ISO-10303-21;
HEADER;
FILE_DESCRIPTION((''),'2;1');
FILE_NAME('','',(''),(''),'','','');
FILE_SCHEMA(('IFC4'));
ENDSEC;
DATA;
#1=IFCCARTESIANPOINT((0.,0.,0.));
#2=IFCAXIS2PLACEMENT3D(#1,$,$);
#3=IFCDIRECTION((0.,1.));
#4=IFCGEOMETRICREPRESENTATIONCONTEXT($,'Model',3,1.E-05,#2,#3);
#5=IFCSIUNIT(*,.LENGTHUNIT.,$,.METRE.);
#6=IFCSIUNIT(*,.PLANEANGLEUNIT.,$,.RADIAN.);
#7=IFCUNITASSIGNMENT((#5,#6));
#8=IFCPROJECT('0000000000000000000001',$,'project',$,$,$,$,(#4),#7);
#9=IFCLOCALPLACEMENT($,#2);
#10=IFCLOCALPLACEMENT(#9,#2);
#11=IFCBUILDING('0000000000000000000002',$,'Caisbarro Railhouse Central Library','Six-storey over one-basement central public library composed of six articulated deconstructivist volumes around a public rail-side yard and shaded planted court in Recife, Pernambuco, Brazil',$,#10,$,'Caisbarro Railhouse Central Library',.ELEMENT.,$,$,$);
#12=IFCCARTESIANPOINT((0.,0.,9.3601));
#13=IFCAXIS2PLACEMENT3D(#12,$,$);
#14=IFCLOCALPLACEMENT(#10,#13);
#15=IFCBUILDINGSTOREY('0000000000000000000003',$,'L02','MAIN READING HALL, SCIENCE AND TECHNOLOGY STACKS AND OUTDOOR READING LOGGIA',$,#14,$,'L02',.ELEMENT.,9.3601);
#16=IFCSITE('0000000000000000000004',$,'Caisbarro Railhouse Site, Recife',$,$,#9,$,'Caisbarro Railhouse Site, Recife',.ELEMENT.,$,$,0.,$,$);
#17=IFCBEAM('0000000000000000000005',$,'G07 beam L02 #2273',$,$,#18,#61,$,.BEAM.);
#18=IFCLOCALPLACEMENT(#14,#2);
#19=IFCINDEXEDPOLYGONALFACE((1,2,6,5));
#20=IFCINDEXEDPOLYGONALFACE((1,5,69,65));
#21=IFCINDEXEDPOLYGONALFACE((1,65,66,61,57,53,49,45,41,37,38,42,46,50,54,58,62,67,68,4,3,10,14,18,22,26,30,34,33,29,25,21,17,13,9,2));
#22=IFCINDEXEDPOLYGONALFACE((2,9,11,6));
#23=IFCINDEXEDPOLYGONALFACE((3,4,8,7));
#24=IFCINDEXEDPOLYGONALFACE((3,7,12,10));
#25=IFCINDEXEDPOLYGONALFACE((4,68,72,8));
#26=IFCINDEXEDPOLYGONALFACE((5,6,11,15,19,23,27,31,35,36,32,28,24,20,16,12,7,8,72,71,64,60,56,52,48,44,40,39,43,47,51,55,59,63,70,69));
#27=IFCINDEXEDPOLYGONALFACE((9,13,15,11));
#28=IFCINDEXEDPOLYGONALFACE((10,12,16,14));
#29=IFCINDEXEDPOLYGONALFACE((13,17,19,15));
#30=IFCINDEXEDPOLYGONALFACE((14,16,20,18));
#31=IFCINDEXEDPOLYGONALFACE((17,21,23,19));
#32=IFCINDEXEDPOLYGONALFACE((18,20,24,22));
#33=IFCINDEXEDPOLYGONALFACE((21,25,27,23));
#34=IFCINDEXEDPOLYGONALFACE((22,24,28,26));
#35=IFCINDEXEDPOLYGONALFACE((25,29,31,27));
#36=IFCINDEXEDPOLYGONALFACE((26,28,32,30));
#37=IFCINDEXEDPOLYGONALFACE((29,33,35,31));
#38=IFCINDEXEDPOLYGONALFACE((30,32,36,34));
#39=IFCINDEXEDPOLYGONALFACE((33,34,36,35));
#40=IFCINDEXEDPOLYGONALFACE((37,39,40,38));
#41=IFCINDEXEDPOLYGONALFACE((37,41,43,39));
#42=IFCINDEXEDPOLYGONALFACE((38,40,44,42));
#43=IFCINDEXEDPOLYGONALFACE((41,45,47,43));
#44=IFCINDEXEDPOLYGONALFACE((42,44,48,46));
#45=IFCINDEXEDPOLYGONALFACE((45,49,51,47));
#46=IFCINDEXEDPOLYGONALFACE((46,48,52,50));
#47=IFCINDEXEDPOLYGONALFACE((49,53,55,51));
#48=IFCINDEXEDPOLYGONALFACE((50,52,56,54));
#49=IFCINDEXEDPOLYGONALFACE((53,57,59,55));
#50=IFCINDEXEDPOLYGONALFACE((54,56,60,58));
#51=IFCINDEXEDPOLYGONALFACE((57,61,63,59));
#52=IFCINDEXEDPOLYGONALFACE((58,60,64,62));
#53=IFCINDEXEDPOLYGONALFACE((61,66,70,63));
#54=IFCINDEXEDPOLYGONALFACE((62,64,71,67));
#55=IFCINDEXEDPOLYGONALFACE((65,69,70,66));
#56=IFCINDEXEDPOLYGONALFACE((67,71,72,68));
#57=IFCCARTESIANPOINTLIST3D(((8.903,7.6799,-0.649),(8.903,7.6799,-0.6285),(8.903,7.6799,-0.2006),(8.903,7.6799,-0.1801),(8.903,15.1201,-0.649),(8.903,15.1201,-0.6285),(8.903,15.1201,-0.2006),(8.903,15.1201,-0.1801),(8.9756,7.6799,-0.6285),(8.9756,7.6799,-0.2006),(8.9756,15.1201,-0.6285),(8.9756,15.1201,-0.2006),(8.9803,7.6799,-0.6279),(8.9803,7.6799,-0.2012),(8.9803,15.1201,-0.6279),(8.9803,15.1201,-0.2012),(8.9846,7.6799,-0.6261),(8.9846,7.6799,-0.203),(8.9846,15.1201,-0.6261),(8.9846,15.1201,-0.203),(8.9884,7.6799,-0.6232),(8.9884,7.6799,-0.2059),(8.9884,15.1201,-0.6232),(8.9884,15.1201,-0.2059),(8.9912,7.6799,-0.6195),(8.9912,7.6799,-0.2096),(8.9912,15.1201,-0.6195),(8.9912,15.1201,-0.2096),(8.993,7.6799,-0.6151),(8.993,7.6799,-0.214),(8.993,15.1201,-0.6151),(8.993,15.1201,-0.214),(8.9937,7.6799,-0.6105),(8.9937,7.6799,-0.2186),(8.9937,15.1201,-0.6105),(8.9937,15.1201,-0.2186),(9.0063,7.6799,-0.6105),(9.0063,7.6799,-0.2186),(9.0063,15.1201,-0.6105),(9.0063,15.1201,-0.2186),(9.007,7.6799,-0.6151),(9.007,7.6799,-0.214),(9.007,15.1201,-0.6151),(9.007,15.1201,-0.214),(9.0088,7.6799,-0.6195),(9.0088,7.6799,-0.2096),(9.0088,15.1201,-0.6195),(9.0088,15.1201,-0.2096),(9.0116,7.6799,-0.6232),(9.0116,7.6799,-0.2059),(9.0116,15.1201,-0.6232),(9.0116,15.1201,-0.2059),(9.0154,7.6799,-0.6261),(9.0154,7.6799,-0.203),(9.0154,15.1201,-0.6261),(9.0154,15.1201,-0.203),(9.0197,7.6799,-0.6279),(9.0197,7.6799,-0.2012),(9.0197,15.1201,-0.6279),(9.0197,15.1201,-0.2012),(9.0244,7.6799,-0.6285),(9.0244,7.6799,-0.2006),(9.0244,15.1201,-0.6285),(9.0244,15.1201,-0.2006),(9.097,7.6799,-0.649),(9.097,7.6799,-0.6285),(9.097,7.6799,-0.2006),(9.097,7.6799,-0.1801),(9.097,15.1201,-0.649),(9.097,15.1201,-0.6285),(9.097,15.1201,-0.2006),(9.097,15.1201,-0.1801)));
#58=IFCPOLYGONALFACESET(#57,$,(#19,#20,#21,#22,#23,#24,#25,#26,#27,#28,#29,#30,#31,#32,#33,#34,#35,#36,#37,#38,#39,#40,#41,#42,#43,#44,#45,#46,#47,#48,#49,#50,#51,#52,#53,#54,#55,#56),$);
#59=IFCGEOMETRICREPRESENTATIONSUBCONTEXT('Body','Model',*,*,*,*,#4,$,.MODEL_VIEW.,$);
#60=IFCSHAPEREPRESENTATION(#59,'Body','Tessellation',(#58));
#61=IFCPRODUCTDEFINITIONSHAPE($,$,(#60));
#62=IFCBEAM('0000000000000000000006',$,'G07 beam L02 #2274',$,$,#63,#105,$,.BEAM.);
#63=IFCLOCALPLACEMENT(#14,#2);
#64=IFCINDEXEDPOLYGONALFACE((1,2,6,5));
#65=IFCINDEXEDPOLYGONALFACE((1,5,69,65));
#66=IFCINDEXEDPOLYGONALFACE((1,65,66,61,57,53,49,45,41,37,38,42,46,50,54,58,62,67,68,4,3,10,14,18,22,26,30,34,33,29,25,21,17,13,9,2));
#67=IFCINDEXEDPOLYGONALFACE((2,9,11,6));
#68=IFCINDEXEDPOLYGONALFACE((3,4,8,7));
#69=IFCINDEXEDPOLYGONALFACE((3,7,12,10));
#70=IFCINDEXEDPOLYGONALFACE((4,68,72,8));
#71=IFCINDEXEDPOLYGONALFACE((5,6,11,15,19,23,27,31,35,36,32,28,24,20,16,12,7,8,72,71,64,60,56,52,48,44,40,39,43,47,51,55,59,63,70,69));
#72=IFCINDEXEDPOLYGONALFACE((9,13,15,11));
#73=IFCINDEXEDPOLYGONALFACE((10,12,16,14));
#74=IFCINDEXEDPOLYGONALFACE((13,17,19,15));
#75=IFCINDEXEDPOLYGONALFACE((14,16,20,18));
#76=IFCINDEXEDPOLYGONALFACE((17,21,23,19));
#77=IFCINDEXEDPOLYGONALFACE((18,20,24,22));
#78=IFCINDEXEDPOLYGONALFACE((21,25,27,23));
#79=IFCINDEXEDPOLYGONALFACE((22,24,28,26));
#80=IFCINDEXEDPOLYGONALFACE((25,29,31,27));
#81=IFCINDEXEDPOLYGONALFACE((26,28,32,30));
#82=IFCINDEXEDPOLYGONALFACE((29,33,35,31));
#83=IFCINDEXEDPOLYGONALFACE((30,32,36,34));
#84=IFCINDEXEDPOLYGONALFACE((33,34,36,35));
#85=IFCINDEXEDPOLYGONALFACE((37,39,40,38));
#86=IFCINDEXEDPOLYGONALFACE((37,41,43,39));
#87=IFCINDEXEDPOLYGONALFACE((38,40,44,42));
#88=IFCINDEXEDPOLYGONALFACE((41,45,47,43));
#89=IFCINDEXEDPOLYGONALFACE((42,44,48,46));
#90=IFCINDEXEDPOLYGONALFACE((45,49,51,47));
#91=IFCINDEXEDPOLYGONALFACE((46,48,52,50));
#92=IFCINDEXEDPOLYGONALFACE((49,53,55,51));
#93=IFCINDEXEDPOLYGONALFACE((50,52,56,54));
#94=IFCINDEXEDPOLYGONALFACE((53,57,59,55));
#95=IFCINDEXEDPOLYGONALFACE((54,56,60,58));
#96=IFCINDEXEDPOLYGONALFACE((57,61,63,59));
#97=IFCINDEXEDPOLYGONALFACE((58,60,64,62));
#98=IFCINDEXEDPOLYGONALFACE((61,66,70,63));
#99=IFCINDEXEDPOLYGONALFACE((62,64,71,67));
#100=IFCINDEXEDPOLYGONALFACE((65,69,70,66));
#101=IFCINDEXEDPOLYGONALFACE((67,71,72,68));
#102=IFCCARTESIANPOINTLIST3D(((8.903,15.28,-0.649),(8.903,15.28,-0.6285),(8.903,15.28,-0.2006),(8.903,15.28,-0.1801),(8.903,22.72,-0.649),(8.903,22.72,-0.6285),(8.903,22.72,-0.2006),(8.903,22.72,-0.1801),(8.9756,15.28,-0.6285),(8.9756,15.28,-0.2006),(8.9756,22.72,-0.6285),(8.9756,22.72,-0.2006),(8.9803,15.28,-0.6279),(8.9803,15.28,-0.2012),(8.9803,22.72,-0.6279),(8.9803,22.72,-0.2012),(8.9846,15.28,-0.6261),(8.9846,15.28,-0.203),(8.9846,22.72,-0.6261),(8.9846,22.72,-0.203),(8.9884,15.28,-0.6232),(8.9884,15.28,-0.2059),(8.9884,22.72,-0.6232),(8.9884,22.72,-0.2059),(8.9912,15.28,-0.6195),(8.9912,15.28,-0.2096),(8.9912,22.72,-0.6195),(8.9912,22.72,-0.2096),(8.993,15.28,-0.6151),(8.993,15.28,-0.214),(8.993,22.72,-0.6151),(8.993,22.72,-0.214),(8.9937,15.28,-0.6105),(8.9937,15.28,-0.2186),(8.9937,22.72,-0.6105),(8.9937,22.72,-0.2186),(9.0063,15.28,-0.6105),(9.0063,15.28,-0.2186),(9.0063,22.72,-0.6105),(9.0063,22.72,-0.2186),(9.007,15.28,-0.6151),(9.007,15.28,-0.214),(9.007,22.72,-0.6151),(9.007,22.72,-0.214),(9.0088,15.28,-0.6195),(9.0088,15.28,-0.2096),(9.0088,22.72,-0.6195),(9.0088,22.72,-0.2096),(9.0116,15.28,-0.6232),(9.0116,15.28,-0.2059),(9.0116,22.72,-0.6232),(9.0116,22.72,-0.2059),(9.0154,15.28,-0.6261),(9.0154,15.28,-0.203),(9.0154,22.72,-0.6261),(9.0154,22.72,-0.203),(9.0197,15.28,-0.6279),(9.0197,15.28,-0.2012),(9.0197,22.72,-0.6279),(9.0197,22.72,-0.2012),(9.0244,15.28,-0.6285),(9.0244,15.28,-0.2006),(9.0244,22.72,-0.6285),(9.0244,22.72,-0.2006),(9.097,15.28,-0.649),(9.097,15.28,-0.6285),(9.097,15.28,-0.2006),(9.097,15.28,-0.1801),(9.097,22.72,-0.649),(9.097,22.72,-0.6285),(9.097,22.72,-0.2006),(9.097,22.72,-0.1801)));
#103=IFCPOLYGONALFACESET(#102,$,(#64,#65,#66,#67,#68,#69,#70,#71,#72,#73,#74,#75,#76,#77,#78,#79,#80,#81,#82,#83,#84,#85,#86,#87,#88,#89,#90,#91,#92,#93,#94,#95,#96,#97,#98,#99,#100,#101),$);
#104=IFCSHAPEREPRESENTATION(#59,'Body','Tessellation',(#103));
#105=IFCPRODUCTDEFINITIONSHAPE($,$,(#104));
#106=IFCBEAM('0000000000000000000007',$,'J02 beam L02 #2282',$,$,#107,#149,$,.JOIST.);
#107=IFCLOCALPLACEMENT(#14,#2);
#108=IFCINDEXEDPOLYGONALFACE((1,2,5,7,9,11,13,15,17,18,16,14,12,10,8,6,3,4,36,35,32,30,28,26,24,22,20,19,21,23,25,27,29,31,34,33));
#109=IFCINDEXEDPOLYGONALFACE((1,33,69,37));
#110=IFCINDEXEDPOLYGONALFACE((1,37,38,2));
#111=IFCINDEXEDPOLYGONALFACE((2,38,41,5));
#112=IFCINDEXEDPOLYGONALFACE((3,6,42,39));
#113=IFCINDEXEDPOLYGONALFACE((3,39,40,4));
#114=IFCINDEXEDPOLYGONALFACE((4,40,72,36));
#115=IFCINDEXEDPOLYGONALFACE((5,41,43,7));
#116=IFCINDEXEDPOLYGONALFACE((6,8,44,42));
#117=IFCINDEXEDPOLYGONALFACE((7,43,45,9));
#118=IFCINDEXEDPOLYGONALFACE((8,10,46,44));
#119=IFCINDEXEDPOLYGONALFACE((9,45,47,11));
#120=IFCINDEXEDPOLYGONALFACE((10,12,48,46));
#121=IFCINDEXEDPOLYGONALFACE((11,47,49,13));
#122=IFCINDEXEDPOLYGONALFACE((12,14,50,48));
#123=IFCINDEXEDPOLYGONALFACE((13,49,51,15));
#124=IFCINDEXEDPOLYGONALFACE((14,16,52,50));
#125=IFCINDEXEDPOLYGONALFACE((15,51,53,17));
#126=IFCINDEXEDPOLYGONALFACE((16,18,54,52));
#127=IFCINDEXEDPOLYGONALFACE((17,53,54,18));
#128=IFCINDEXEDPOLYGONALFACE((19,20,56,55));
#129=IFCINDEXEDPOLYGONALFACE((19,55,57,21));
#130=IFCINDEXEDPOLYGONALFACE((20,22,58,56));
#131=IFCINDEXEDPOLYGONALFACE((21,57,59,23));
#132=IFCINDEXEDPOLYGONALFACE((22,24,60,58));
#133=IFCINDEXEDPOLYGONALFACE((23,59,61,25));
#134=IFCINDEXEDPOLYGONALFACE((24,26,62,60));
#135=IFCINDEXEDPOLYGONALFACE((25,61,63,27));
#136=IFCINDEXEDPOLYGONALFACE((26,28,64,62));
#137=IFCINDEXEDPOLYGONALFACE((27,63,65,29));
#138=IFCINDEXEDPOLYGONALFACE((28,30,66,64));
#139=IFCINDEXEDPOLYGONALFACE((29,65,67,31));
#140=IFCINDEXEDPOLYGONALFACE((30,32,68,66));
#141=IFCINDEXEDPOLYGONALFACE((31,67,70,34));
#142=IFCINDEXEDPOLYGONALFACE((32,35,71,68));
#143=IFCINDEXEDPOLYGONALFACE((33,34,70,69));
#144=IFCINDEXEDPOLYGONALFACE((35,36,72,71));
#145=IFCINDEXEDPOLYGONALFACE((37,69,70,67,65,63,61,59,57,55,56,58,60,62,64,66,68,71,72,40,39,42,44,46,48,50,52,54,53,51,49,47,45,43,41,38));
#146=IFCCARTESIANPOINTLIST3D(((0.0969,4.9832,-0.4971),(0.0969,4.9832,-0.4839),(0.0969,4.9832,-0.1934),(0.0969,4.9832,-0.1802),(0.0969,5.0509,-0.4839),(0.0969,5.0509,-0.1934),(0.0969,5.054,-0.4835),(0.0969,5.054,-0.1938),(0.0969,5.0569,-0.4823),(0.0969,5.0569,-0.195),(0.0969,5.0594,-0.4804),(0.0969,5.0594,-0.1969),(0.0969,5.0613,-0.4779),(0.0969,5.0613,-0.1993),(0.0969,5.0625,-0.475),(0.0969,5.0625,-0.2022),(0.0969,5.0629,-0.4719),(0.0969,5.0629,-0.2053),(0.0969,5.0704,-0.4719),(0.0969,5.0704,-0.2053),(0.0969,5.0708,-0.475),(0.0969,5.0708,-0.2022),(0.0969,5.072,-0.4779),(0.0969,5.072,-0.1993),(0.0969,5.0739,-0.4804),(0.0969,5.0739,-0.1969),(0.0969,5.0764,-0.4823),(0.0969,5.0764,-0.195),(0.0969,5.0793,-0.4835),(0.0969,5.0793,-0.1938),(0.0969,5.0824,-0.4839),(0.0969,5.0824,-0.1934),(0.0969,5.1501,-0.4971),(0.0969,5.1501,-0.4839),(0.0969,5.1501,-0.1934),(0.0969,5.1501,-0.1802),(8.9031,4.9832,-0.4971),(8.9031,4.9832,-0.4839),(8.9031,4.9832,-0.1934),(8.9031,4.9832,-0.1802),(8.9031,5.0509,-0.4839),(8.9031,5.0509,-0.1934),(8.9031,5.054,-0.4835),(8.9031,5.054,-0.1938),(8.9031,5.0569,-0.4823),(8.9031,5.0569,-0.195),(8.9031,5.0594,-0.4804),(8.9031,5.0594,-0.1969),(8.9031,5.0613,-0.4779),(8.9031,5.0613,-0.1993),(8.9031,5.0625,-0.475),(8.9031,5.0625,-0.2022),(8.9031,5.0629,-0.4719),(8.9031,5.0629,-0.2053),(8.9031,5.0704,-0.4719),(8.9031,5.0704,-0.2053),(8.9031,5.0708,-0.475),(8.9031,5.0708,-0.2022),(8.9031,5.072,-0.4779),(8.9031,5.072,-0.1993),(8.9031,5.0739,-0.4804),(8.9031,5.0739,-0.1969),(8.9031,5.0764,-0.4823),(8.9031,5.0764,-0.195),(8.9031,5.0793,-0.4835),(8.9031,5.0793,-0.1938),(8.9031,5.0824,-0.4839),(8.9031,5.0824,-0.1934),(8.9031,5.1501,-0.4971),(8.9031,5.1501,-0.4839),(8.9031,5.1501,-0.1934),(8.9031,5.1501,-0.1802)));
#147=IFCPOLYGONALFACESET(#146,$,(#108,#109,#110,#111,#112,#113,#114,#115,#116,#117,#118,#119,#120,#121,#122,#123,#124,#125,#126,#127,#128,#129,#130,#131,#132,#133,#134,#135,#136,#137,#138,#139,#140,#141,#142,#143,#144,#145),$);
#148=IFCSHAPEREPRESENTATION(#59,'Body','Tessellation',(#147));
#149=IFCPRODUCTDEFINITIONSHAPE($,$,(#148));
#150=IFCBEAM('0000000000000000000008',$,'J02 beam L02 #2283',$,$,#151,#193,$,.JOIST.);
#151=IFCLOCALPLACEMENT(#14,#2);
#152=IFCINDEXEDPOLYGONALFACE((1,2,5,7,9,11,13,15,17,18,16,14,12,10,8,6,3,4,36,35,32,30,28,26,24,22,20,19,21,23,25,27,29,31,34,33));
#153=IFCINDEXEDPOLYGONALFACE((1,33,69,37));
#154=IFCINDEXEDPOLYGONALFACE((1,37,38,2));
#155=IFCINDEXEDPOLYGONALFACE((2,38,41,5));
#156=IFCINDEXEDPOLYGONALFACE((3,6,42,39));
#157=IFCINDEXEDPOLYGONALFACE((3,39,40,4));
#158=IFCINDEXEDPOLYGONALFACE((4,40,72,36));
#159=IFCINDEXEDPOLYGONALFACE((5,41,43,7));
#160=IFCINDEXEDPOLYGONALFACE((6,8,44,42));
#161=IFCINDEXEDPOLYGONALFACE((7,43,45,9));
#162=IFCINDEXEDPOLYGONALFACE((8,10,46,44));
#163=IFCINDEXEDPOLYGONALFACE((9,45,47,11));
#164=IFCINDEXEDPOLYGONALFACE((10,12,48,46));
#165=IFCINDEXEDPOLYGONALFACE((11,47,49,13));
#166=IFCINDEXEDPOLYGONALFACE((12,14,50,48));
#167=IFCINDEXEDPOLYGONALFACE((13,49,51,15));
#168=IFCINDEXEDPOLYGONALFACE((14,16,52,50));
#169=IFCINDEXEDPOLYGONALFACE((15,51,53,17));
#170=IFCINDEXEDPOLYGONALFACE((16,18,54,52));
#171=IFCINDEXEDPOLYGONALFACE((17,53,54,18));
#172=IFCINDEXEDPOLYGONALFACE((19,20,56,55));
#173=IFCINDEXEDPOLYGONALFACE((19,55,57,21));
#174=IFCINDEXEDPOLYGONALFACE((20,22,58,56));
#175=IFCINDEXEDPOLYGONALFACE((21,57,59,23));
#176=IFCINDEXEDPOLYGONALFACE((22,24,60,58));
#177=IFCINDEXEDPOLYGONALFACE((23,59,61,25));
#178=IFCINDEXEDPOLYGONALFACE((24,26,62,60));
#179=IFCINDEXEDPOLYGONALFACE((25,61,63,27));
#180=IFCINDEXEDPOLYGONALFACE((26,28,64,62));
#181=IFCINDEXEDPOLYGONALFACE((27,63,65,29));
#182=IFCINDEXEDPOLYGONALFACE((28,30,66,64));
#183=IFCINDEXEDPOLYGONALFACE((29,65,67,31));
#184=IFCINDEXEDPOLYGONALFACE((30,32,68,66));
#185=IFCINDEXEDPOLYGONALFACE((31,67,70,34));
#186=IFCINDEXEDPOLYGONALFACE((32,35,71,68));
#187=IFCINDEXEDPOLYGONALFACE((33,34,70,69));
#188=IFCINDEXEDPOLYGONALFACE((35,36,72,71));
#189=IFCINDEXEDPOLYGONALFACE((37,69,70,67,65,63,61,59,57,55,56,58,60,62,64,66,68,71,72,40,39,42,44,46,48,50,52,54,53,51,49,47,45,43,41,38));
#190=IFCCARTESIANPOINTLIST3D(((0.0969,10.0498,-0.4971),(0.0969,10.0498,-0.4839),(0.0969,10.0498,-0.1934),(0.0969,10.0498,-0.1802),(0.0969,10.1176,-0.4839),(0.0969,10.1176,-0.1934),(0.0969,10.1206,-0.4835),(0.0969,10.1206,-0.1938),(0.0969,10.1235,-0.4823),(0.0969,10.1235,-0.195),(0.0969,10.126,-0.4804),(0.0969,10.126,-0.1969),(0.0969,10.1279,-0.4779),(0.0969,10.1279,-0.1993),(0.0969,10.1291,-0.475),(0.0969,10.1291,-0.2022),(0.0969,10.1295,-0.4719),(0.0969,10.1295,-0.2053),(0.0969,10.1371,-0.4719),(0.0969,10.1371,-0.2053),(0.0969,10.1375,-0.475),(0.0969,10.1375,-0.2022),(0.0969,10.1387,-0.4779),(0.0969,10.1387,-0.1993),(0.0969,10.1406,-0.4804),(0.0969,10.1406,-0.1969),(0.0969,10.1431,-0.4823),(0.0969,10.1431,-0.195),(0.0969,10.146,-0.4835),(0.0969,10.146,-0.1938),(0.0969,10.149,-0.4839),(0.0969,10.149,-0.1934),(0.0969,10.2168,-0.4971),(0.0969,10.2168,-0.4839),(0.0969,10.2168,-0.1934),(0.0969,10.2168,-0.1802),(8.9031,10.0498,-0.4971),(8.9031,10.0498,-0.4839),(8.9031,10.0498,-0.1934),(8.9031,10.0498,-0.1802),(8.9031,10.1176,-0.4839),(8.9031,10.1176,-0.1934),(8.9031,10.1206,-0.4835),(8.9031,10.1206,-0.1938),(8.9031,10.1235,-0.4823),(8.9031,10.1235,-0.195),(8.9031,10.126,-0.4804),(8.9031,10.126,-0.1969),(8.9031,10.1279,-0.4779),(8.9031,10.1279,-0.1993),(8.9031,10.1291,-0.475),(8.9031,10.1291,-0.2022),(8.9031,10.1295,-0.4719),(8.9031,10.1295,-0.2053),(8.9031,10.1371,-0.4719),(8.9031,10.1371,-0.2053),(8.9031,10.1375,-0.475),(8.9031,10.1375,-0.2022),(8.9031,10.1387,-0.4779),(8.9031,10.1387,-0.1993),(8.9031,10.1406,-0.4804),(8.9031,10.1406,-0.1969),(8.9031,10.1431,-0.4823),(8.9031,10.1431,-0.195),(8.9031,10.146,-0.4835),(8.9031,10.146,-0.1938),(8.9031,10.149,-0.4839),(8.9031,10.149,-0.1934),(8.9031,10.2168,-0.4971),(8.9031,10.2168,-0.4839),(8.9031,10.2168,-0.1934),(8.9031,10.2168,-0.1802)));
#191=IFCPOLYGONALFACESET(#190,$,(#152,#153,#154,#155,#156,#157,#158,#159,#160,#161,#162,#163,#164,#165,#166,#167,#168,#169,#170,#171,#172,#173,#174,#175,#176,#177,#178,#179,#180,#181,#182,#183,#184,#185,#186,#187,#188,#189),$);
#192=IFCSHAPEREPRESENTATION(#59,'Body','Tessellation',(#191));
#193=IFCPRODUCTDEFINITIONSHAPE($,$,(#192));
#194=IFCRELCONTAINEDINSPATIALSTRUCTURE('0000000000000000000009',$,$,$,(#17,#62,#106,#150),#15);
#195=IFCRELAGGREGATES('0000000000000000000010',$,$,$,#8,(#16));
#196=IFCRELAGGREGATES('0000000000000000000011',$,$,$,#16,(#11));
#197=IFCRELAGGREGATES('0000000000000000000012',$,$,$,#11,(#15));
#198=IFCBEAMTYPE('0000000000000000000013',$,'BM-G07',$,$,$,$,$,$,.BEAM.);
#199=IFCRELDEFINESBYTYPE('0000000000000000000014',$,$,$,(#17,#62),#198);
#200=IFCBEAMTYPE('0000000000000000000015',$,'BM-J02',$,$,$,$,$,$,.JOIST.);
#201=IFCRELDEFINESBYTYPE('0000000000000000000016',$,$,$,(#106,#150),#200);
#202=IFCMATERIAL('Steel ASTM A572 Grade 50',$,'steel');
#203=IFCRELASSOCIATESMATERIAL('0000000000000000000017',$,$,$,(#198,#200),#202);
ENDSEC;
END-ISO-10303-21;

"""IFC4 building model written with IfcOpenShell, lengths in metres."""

from ifc_helpers import new_model, si_unit, direction, frame, origin, origin_2d, place, context, subcontext, project, spatial, i_section, extrude, material, material_profile, profile_set, type_object, element, save


model = new_model("IFC4")

# Units and contexts
model_context = context("Model", 3, precision=1e-05, world=origin(), true_north=direction((0.0, 1.0)))
body_context = subcontext(model_context, "Body", "Model", "MODEL_VIEW")
ifc_project = project(units=[si_unit("LENGTHUNIT", "METRE"), si_unit("PLANEANGLEUNIT", "RADIAN")], contexts=[model_context])

# Site, building, storey
site_placement = place(None, origin())
site = spatial("IfcSite", under=ifc_project, at=site_placement, Name="Caisbarro Railhouse Site, Recife", LongName="Caisbarro Railhouse Site, Recife", CompositionType="ELEMENT", RefElevation=0.0)
building_placement = place(site_placement, origin())
building = spatial("IfcBuilding", under=site, at=building_placement, Name="Caisbarro Railhouse Central Library", Description="Six-storey over one-basement central public library composed of six articulated deconstructivist volumes around a public rail-side yard and shaded planted court in Recife, Pernambuco, Brazil", LongName="Caisbarro Railhouse Central Library", CompositionType="ELEMENT")
storey_placement = place(building_placement, frame((0.0, 0.0, 9.3601)))
storey = spatial("IfcBuildingStorey", under=building, at=storey_placement, Name="L02", Description="MAIN READING HALL, SCIENCE AND TECHNOLOGY STACKS AND OUTDOOR READING LOGGIA", LongName="L02", CompositionType="ELEMENT", Elevation=9.3601)

# Shared definitions
ifc_material_1 = material(Name="Steel ASTM A572 Grade 50", Category="steel")

# Beams
ifc_material_profile_1 = material_profile(ifc_material_1, i_section(OverallWidth=0.1941, OverallDepth=0.469, WebThickness=0.0127, FlangeThickness=0.0205, FilletRadius=0.0181, at=origin_2d()), Name="W460X106.0")
ifc_profile_set_1 = profile_set([ifc_material_profile_1], Name="Steel ASTM A572 Grade 50")
beam_type_1 = type_object("IfcBeamType", Name="BM-G07", PredefinedType="BEAM", material=ifc_profile_set_1)
beam_1_placement = place(storey_placement, frame((9.0, 7.6799, -0.4146), z_axis=(0.0, 1.0, 0.0), x_axis=(-1.0, 0.0, 0.0)))
element("IfcBeam", 1, at=beam_1_placement, inside=storey, type_object=beam_type_1, Name="G07 beam L02 #2273", PredefinedType="BEAM", context=body_context, shape_type="SweptSolid", body=[
    extrude(i_section(OverallWidth=0.1941, OverallDepth=0.469, WebThickness=0.0127, FlangeThickness=0.0205, FilletRadius=0.0181, at=origin_2d()), origin(), (0.0, 0.0, 1.0), 7.4402),
])
beam_2_placement = place(storey_placement, frame((9.0, 15.28, -0.4146), z_axis=(0.0, 1.0, 0.0), x_axis=(-1.0, 0.0, 0.0)))
element("IfcBeam", 2, at=beam_2_placement, inside=storey, type_object=beam_type_1, Name="G07 beam L02 #2274", PredefinedType="BEAM", context=body_context, shape_type="SweptSolid", body=[
    extrude(i_section(OverallWidth=0.1941, OverallDepth=0.469, WebThickness=0.0127, FlangeThickness=0.0205, FilletRadius=0.0181, at=origin_2d()), origin(), (0.0, 0.0, 1.0), 7.4399),
])
ifc_material_profile_2 = material_profile(ifc_material_1, i_section(OverallWidth=0.167, OverallDepth=0.3169, WebThickness=0.0076, FlangeThickness=0.0132, FilletRadius=0.012, at=origin_2d()), Name="W310X52.0")
ifc_profile_set_2 = profile_set([ifc_material_profile_2], Name="Steel ASTM A572 Grade 50")
beam_type_2 = type_object("IfcBeamType", Name="BM-J02", PredefinedType="JOIST", material=ifc_profile_set_2)
for number, where, z_axis, x_axis, name in (
    (3, (0.0969, 5.0667, -0.3386), (1.0, 0.0, 0.0), (0.0, 1.0, 0.0), "J02 beam L02 #2282"),
    (4, (0.0969, 10.1333, -0.3386), (1.0, 0.0, 0.0), (0.0, 1.0, 0.0), "J02 beam L02 #2283"),
):
    element("IfcBeam", number, at=place(storey_placement, frame(where, z_axis=z_axis, x_axis=x_axis)), inside=storey, type_object=beam_type_2, Name=name, PredefinedType="JOIST", context=body_context, shape_type="SweptSolid", body=[
        extrude(i_section(OverallWidth=0.167, OverallDepth=0.3169, WebThickness=0.0076, FlangeThickness=0.0132, FilletRadius=0.012, at=origin_2d()), origin(), (0.0, 0.0, 1.0), 8.8062),
    ])

save(model, "model.ifc")
